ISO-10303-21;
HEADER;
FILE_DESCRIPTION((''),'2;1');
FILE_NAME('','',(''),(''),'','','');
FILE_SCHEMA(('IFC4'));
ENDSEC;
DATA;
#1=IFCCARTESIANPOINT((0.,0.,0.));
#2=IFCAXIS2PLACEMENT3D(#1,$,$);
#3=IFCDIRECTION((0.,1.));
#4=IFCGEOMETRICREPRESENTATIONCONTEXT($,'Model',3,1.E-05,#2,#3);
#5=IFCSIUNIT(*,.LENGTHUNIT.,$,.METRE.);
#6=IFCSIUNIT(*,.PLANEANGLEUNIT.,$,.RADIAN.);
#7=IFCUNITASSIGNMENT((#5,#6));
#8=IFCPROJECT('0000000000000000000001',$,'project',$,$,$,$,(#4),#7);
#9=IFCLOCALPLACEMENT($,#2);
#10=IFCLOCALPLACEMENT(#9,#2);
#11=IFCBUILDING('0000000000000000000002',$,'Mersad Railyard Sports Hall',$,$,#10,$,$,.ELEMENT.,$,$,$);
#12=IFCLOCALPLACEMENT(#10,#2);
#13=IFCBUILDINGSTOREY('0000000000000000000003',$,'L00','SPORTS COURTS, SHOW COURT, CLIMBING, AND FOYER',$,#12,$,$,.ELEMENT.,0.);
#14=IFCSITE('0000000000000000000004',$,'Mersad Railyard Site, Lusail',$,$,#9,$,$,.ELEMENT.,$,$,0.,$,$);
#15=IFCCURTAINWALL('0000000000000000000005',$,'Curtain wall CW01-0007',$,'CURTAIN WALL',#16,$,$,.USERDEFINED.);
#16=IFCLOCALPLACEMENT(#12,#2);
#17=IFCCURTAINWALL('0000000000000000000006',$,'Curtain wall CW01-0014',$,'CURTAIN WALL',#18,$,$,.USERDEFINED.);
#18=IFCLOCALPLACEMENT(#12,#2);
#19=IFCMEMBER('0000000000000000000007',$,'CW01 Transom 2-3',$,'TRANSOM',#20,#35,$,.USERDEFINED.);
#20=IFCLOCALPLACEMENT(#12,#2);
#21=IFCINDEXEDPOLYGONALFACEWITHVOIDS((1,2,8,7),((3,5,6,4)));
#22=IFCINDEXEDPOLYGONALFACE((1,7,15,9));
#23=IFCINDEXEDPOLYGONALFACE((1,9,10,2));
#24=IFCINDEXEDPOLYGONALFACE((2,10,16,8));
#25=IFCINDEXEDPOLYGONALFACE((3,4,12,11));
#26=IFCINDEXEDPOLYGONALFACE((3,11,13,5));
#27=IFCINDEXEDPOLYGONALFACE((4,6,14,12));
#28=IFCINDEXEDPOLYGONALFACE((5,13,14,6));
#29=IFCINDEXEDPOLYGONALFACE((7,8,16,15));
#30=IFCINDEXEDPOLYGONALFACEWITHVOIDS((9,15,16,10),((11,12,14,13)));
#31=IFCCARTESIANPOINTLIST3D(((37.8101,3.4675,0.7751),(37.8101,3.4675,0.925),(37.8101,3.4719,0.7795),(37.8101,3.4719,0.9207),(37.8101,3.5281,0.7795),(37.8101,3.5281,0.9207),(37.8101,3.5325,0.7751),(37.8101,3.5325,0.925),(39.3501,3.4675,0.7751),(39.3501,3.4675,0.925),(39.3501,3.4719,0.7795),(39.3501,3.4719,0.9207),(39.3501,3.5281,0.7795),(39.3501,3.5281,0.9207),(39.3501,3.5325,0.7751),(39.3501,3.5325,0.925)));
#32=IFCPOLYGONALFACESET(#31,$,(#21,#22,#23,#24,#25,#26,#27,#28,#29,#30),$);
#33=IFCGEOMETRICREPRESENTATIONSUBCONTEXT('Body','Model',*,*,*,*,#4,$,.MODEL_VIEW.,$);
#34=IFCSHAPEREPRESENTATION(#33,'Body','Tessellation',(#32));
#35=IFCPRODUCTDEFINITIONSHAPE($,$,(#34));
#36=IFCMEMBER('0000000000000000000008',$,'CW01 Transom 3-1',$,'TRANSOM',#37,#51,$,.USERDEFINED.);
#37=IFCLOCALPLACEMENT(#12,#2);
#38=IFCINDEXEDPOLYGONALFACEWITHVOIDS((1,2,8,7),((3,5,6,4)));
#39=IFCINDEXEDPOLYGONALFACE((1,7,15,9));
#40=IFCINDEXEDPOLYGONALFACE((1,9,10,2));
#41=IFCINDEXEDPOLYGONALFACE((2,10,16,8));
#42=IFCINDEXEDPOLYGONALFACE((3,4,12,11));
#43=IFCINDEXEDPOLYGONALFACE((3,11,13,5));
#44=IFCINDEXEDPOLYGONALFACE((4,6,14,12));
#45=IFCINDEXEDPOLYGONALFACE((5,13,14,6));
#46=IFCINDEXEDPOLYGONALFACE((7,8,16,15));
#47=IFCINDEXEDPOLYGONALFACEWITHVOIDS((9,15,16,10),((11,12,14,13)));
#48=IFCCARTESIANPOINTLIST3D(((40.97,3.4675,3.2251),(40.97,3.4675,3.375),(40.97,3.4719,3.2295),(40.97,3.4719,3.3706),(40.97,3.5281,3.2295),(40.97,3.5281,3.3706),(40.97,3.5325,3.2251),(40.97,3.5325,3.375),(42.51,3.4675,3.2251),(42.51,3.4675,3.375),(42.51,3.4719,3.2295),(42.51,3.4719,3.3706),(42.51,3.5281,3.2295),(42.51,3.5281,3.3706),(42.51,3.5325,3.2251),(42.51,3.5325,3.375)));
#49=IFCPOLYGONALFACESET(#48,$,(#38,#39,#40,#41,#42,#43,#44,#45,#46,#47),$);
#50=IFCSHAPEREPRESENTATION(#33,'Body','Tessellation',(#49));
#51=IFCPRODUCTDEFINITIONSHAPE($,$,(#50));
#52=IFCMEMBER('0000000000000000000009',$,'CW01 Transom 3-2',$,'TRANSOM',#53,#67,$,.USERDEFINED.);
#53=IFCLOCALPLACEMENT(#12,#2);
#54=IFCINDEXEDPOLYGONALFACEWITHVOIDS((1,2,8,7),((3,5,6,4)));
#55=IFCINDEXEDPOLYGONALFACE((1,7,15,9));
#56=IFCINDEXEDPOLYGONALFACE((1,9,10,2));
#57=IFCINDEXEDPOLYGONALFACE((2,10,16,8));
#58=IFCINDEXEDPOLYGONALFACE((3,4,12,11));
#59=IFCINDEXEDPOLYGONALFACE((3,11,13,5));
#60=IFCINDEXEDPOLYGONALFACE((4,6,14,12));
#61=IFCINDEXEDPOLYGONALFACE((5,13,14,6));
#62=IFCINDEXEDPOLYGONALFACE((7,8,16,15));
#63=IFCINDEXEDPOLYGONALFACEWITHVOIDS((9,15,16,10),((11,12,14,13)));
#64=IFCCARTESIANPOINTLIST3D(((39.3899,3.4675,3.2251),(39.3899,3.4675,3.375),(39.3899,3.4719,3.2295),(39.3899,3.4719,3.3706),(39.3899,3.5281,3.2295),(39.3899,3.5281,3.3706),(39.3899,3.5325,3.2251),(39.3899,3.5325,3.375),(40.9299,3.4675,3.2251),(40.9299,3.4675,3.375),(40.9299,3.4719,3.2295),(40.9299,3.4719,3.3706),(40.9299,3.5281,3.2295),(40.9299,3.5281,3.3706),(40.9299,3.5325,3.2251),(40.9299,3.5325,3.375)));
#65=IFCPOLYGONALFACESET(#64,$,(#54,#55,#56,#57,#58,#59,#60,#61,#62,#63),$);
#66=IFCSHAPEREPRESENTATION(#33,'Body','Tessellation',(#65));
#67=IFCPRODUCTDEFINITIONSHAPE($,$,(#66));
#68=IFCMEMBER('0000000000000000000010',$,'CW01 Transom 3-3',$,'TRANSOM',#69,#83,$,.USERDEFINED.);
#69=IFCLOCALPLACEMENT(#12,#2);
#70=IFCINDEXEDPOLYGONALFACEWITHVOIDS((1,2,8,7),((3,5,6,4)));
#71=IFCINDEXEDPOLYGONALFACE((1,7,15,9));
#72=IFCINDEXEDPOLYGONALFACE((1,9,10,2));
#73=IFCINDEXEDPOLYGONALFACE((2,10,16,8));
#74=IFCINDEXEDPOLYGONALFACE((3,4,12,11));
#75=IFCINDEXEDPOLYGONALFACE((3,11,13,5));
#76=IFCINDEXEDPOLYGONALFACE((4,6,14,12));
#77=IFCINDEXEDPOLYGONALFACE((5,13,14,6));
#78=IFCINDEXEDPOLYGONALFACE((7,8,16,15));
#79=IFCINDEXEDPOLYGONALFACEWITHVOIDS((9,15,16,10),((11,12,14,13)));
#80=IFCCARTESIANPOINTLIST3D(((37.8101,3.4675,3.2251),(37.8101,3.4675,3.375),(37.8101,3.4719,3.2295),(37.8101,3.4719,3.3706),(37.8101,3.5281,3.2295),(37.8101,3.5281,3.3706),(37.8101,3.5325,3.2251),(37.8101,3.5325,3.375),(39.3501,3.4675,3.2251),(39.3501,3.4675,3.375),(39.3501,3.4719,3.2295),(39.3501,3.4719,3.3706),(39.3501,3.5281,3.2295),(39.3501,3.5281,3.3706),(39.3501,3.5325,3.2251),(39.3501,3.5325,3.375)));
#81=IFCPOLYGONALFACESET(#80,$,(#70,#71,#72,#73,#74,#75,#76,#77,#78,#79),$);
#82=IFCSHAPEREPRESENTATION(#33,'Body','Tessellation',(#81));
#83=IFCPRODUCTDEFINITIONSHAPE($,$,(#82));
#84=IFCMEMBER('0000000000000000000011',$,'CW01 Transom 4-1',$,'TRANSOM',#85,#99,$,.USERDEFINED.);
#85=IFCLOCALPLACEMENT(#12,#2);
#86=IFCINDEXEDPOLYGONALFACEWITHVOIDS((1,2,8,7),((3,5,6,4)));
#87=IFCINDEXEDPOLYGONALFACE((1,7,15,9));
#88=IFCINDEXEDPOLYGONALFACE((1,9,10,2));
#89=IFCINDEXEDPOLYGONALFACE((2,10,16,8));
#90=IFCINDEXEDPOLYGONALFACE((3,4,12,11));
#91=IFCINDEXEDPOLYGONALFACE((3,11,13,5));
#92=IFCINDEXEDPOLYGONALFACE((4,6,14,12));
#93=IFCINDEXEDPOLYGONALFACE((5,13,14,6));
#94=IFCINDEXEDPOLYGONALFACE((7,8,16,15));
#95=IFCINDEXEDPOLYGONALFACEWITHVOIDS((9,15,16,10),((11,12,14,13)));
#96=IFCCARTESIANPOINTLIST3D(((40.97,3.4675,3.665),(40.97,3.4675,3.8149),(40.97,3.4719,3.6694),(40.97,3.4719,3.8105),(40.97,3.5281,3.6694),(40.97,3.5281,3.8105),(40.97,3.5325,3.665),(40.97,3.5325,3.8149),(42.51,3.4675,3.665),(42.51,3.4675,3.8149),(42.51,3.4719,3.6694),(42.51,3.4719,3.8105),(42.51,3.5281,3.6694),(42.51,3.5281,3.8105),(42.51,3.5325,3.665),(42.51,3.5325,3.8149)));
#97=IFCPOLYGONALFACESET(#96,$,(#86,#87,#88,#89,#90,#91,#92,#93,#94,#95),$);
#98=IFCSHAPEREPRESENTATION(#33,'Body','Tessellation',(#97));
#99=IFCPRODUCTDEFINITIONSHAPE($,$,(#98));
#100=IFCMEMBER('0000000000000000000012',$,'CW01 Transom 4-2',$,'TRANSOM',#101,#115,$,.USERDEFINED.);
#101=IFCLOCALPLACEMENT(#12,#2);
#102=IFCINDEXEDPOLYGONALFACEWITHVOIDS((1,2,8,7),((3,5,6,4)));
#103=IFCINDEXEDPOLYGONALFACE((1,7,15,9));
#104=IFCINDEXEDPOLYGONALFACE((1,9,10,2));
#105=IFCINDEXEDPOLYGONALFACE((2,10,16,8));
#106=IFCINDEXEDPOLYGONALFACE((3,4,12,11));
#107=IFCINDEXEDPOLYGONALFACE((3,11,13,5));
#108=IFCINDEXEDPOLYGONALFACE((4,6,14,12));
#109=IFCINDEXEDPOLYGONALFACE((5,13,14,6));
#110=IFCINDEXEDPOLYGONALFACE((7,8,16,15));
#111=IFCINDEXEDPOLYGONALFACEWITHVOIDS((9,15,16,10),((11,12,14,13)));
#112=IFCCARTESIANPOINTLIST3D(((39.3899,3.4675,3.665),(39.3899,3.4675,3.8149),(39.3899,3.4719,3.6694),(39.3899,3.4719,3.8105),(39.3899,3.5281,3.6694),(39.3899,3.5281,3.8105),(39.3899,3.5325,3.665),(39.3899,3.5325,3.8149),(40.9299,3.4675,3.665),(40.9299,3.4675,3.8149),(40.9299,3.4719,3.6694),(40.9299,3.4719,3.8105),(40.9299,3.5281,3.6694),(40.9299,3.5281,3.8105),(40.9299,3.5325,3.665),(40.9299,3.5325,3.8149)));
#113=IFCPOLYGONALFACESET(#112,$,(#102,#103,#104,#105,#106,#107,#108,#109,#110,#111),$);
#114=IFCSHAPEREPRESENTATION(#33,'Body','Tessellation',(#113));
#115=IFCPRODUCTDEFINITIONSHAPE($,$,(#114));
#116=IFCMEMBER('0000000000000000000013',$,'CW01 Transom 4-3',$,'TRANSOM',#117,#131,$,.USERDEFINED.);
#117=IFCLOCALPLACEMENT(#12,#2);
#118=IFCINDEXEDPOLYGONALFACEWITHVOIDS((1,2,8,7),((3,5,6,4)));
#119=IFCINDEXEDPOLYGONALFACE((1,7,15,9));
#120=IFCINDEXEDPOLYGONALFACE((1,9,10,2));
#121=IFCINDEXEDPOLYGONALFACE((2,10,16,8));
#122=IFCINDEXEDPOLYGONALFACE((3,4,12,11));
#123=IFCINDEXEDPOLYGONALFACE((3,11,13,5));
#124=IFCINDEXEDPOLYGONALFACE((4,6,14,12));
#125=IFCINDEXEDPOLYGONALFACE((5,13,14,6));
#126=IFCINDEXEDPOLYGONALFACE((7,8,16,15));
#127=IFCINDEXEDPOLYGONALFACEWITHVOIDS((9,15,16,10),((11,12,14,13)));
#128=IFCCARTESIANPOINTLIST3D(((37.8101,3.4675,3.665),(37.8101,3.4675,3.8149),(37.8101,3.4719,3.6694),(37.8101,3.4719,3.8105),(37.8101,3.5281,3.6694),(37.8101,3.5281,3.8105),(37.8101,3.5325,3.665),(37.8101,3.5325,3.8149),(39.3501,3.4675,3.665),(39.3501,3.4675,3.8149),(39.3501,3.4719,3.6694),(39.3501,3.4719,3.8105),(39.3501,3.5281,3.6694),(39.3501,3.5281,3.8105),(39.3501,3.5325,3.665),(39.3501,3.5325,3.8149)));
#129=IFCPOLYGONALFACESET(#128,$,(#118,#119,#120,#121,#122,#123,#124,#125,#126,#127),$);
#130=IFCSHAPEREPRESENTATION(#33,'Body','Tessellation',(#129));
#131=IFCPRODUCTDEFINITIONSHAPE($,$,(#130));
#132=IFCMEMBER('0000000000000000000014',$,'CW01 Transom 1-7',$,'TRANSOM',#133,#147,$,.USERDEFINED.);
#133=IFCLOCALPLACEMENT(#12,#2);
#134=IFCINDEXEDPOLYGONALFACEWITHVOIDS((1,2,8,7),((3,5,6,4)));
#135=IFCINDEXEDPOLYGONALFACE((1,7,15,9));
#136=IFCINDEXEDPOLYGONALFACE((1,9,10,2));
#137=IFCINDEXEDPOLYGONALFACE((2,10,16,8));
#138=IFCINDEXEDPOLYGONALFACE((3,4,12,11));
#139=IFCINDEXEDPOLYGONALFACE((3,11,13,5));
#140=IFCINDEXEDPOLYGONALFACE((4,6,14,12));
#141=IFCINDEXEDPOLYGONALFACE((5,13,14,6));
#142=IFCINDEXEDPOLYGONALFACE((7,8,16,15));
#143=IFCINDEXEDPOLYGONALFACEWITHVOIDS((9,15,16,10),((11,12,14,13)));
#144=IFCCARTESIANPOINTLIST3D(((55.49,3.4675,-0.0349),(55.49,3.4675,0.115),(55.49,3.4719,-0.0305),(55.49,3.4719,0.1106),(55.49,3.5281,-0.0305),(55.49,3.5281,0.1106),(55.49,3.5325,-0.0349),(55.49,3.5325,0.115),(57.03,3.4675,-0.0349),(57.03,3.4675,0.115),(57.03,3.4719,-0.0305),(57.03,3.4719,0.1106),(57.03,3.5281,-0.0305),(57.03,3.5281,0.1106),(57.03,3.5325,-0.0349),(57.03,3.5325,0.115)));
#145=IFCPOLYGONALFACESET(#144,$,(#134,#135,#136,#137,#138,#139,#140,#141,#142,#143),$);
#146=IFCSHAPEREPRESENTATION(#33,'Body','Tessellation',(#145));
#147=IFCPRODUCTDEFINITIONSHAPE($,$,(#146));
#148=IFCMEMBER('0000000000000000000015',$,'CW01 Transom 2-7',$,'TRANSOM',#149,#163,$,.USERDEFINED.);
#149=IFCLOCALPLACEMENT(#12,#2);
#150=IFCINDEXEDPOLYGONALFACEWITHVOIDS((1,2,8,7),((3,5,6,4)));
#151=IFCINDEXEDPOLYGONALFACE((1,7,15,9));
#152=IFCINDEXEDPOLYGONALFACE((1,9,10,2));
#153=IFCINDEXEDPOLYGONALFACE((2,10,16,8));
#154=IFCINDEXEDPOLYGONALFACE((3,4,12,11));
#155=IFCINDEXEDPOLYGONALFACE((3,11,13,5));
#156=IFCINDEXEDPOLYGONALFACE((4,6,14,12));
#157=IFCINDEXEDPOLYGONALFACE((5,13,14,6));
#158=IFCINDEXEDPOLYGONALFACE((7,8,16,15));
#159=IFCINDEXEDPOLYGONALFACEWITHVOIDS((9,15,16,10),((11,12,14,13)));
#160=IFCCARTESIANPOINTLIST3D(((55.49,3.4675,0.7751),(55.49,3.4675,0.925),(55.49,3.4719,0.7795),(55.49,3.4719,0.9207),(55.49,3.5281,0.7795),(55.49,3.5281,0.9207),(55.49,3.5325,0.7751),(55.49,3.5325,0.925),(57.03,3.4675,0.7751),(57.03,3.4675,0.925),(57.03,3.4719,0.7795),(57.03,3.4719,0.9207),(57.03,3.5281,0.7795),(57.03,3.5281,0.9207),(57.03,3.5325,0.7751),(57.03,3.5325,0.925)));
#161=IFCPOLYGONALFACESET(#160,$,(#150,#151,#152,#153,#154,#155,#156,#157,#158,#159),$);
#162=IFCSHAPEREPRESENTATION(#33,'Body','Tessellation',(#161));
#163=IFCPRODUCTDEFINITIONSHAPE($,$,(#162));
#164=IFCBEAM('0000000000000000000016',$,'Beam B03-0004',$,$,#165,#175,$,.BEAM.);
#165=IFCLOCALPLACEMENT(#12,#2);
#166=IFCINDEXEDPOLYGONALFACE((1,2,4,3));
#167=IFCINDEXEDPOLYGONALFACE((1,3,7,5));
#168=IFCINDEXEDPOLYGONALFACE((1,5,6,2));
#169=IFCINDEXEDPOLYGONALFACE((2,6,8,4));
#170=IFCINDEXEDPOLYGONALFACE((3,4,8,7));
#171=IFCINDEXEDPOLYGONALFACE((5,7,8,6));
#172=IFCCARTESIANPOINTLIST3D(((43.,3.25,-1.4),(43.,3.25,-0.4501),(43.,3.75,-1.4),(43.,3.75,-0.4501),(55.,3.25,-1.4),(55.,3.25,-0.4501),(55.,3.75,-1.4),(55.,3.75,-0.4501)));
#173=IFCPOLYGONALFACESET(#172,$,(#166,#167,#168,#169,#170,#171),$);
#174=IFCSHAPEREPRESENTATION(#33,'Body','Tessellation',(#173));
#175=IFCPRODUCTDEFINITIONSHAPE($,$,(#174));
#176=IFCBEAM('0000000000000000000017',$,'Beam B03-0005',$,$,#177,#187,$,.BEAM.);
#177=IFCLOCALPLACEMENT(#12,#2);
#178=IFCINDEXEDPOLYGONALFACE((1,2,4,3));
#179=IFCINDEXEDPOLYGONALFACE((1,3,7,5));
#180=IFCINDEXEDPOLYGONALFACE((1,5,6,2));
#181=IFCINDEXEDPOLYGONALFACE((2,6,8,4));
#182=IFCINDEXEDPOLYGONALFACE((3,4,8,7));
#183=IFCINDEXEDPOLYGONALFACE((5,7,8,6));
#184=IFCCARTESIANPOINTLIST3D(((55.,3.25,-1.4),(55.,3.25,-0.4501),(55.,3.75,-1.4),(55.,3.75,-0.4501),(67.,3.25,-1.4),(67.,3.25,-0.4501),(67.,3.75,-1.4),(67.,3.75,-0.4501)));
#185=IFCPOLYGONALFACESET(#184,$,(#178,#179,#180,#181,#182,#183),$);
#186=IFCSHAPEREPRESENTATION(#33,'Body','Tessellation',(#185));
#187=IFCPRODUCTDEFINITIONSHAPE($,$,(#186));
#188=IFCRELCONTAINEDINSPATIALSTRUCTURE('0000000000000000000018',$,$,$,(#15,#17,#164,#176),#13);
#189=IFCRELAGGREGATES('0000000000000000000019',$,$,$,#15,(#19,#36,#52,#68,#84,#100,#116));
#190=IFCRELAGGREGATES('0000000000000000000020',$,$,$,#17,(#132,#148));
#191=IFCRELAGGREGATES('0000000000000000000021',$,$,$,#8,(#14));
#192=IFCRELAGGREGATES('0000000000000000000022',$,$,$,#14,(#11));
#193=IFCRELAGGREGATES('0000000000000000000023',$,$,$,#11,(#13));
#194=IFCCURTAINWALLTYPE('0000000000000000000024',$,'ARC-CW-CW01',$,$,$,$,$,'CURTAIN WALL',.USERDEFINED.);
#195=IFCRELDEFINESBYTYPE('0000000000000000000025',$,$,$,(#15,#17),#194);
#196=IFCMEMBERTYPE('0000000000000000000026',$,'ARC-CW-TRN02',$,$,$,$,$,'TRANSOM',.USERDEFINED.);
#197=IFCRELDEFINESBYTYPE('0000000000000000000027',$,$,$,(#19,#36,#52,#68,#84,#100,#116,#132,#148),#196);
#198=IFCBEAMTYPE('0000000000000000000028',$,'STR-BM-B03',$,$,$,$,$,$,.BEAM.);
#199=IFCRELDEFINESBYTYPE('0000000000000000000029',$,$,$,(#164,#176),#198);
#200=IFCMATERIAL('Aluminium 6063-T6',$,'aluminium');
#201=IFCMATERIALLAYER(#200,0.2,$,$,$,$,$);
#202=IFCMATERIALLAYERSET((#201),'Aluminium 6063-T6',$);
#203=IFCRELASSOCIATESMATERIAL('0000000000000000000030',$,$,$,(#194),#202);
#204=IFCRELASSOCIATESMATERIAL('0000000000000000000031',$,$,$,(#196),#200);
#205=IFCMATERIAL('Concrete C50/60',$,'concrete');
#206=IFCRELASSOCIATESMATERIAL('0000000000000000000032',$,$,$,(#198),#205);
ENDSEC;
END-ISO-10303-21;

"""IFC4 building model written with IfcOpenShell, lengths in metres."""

from ifc_helpers import new_model, si_unit, direction, frame, origin, origin_2d, place, context, subcontext, project, spatial, rectangle, hollow_rectangle, extrude, material, layer, layer_set, material_profile, profile_set, type_object, element, aggregate, save


model = new_model("IFC4")

# Units and contexts
model_context = context("Model", 3, precision=1e-05, world=origin(), true_north=direction((0.0, 1.0)))
body_context = subcontext(model_context, "Body", "Model", "MODEL_VIEW")
ifc_project = project(units=[si_unit("LENGTHUNIT", "METRE"), si_unit("PLANEANGLEUNIT", "RADIAN")], contexts=[model_context])

# Site, building, storey
site_placement = place(None, origin())
site = spatial("IfcSite", under=ifc_project, at=site_placement, Name="Mersad Railyard Site, Lusail", CompositionType="ELEMENT", RefElevation=0.0)
building_placement = place(site_placement, origin())
building = spatial("IfcBuilding", under=site, at=building_placement, Name="Mersad Railyard Sports Hall", CompositionType="ELEMENT")
storey_placement = place(building_placement, origin())
storey = spatial("IfcBuildingStorey", under=building, at=storey_placement, Name="L00", Description="SPORTS COURTS, SHOW COURT, CLIMBING, AND FOYER", CompositionType="ELEMENT", Elevation=0.0)

# Curtain wall
ifc_material_1 = material(Name="Aluminium 6063-T6", Category="aluminium")
ifc_layer_1 = layer(ifc_material_1, 0.2)
ifc_layer_set_1 = layer_set([ifc_layer_1], Name="Aluminium 6063-T6")
curtain_wall_type = type_object("IfcCurtainWallType", Name="ARC-CW-CW01", ElementType="CURTAIN WALL", PredefinedType="USERDEFINED", material=ifc_layer_set_1)
curtain_wall_1_placement = place(storey_placement, origin())
curtain_wall_1 = element("IfcCurtainWall", 1, at=curtain_wall_1_placement, inside=storey, type_object=curtain_wall_type, Name="Curtain wall CW01-0007", ObjectType="CURTAIN WALL", PredefinedType="USERDEFINED")

# Curtain wall
curtain_wall_2_placement = place(storey_placement, origin())
curtain_wall_2 = element("IfcCurtainWall", 2, at=curtain_wall_2_placement, inside=storey, type_object=curtain_wall_type, Name="Curtain wall CW01-0014", ObjectType="CURTAIN WALL", PredefinedType="USERDEFINED")

# Members
ifc_material_profile_1 = material_profile(ifc_material_1, hollow_rectangle(XDim=0.0649, YDim=0.1499, WallThickness=0.0044, at=origin_2d()), Name="AL TRANSOM 65x150x4.5")
ifc_profile_set_1 = profile_set([ifc_material_profile_1], Name="Aluminium 6063-T6")
member_type_1 = type_object("IfcMemberType", Name="ARC-CW-TRN02", ElementType="TRANSOM", PredefinedType="USERDEFINED", material=ifc_profile_set_1)
member_1_placement = place(storey_placement, frame((39.3501, 3.5, 0.8501), z_axis=(-1.0, 0.0, 0.0), x_axis=(0.0, -1.0, 0.0)))
member_1 = element("IfcMember", 3, at=member_1_placement, type_object=member_type_1, Name="CW01 Transom 2-3", ObjectType="TRANSOM", PredefinedType="USERDEFINED", context=body_context, shape_type="SweptSolid", body=[
    extrude(hollow_rectangle(XDim=0.0649, YDim=0.1499, WallThickness=0.0044, at=origin_2d()), origin(), (0.0, 0.0, 1.0), 1.54),
])
member_2_placement = place(storey_placement, frame((42.51, 3.5, 3.3), z_axis=(-1.0, 0.0, 0.0), x_axis=(0.0, -1.0, 0.0)))
member_2 = element("IfcMember", 4, at=member_2_placement, type_object=member_type_1, Name="CW01 Transom 3-1", ObjectType="TRANSOM", PredefinedType="USERDEFINED", context=body_context, shape_type="SweptSolid", body=[
    extrude(hollow_rectangle(XDim=0.0649, YDim=0.1499, WallThickness=0.0044, at=origin_2d()), origin(), (0.0, 0.0, 1.0), 1.54),
])
member_3_placement = place(storey_placement, frame((40.9299, 3.5, 3.3), z_axis=(-1.0, 0.0, 0.0), x_axis=(0.0, -1.0, 0.0)))
member_3 = element("IfcMember", 5, at=member_3_placement, type_object=member_type_1, Name="CW01 Transom 3-2", ObjectType="TRANSOM", PredefinedType="USERDEFINED", context=body_context, shape_type="SweptSolid", body=[
    extrude(hollow_rectangle(XDim=0.0649, YDim=0.1499, WallThickness=0.0044, at=origin_2d()), origin(), (0.0, 0.0, 1.0), 1.54),
])
member_4_placement = place(storey_placement, frame((39.3501, 3.5, 3.3), z_axis=(-1.0, 0.0, 0.0), x_axis=(0.0, -1.0, 0.0)))
member_4 = element("IfcMember", 6, at=member_4_placement, type_object=member_type_1, Name="CW01 Transom 3-3", ObjectType="TRANSOM", PredefinedType="USERDEFINED", context=body_context, shape_type="SweptSolid", body=[
    extrude(hollow_rectangle(XDim=0.0649, YDim=0.1499, WallThickness=0.0044, at=origin_2d()), origin(), (0.0, 0.0, 1.0), 1.54),
])
member_5_placement = place(storey_placement, frame((42.51, 3.5, 3.74), z_axis=(-1.0, 0.0, 0.0), x_axis=(0.0, -1.0, 0.0)))
member_5 = element("IfcMember", 7, at=member_5_placement, type_object=member_type_1, Name="CW01 Transom 4-1", ObjectType="TRANSOM", PredefinedType="USERDEFINED", context=body_context, shape_type="SweptSolid", body=[
    extrude(hollow_rectangle(XDim=0.0649, YDim=0.1499, WallThickness=0.0044, at=origin_2d()), origin(), (0.0, 0.0, 1.0), 1.54),
])
member_6_placement = place(storey_placement, frame((40.9299, 3.5, 3.74), z_axis=(-1.0, 0.0, 0.0), x_axis=(0.0, -1.0, 0.0)))
member_6 = element("IfcMember", 8, at=member_6_placement, type_object=member_type_1, Name="CW01 Transom 4-2", ObjectType="TRANSOM", PredefinedType="USERDEFINED", context=body_context, shape_type="SweptSolid", body=[
    extrude(hollow_rectangle(XDim=0.0649, YDim=0.1499, WallThickness=0.0044, at=origin_2d()), origin(), (0.0, 0.0, 1.0), 1.54),
])
member_7_placement = place(storey_placement, frame((39.3501, 3.5, 3.74), z_axis=(-1.0, 0.0, 0.0), x_axis=(0.0, -1.0, 0.0)))
member_7 = element("IfcMember", 9, at=member_7_placement, type_object=member_type_1, Name="CW01 Transom 4-3", ObjectType="TRANSOM", PredefinedType="USERDEFINED", context=body_context, shape_type="SweptSolid", body=[
    extrude(hollow_rectangle(XDim=0.0649, YDim=0.1499, WallThickness=0.0044, at=origin_2d()), origin(), (0.0, 0.0, 1.0), 1.54),
])
member_8_placement = place(storey_placement, frame((57.03, 3.5, 0.04), z_axis=(-1.0, 0.0, 0.0), x_axis=(0.0, -1.0, 0.0)))
member_8 = element("IfcMember", 10, at=member_8_placement, type_object=member_type_1, Name="CW01 Transom 1-7", ObjectType="TRANSOM", PredefinedType="USERDEFINED", context=body_context, shape_type="SweptSolid", body=[
    extrude(hollow_rectangle(XDim=0.0649, YDim=0.1499, WallThickness=0.0044, at=origin_2d()), origin(), (0.0, 0.0, 1.0), 1.54),
])
member_9_placement = place(storey_placement, frame((57.03, 3.5, 0.8501), z_axis=(-1.0, 0.0, 0.0), x_axis=(0.0, -1.0, 0.0)))
member_9 = element("IfcMember", 11, at=member_9_placement, type_object=member_type_1, Name="CW01 Transom 2-7", ObjectType="TRANSOM", PredefinedType="USERDEFINED", context=body_context, shape_type="SweptSolid", body=[
    extrude(hollow_rectangle(XDim=0.0649, YDim=0.1499, WallThickness=0.0044, at=origin_2d()), origin(), (0.0, 0.0, 1.0), 1.54),
])

# Beams
ifc_material_2 = material(Name="Concrete C50/60", Category="concrete")
ifc_material_profile_2 = material_profile(ifc_material_2, rectangle(XDim=0.5, YDim=0.95, at=origin_2d()), Name="RC 500x950")
ifc_profile_set_2 = profile_set([ifc_material_profile_2], Name="Concrete C50/60")
beam_type_1 = type_object("IfcBeamType", Name="STR-BM-B03", PredefinedType="BEAM", material=ifc_profile_set_2)
for number, where, z_axis, x_axis, name in (
    (12, (43.0, 3.5, -0.925), (1.0, 0.0, 0.0), (0.0, 1.0, 0.0), "Beam B03-0004"),
    (13, (55.0, 3.5, -0.925), (1.0, 0.0, 0.0), (0.0, 1.0, 0.0), "Beam B03-0005"),
):
    element("IfcBeam", number, at=place(storey_placement, frame(where, z_axis=z_axis, x_axis=x_axis)), inside=storey, type_object=beam_type_1, Name=name, PredefinedType="BEAM", context=body_context, shape_type="SweptSolid", body=[
        extrude(rectangle(XDim=0.5, YDim=0.95, at=origin_2d()), origin(), (0.0, 0.0, 1.0), 12.0),
    ])

aggregate(curtain_wall_1, [member_1, member_2, member_3, member_4, member_5, member_6, member_7])
aggregate(curtain_wall_2, [member_8, member_9])

save(model, "model.ifc")
